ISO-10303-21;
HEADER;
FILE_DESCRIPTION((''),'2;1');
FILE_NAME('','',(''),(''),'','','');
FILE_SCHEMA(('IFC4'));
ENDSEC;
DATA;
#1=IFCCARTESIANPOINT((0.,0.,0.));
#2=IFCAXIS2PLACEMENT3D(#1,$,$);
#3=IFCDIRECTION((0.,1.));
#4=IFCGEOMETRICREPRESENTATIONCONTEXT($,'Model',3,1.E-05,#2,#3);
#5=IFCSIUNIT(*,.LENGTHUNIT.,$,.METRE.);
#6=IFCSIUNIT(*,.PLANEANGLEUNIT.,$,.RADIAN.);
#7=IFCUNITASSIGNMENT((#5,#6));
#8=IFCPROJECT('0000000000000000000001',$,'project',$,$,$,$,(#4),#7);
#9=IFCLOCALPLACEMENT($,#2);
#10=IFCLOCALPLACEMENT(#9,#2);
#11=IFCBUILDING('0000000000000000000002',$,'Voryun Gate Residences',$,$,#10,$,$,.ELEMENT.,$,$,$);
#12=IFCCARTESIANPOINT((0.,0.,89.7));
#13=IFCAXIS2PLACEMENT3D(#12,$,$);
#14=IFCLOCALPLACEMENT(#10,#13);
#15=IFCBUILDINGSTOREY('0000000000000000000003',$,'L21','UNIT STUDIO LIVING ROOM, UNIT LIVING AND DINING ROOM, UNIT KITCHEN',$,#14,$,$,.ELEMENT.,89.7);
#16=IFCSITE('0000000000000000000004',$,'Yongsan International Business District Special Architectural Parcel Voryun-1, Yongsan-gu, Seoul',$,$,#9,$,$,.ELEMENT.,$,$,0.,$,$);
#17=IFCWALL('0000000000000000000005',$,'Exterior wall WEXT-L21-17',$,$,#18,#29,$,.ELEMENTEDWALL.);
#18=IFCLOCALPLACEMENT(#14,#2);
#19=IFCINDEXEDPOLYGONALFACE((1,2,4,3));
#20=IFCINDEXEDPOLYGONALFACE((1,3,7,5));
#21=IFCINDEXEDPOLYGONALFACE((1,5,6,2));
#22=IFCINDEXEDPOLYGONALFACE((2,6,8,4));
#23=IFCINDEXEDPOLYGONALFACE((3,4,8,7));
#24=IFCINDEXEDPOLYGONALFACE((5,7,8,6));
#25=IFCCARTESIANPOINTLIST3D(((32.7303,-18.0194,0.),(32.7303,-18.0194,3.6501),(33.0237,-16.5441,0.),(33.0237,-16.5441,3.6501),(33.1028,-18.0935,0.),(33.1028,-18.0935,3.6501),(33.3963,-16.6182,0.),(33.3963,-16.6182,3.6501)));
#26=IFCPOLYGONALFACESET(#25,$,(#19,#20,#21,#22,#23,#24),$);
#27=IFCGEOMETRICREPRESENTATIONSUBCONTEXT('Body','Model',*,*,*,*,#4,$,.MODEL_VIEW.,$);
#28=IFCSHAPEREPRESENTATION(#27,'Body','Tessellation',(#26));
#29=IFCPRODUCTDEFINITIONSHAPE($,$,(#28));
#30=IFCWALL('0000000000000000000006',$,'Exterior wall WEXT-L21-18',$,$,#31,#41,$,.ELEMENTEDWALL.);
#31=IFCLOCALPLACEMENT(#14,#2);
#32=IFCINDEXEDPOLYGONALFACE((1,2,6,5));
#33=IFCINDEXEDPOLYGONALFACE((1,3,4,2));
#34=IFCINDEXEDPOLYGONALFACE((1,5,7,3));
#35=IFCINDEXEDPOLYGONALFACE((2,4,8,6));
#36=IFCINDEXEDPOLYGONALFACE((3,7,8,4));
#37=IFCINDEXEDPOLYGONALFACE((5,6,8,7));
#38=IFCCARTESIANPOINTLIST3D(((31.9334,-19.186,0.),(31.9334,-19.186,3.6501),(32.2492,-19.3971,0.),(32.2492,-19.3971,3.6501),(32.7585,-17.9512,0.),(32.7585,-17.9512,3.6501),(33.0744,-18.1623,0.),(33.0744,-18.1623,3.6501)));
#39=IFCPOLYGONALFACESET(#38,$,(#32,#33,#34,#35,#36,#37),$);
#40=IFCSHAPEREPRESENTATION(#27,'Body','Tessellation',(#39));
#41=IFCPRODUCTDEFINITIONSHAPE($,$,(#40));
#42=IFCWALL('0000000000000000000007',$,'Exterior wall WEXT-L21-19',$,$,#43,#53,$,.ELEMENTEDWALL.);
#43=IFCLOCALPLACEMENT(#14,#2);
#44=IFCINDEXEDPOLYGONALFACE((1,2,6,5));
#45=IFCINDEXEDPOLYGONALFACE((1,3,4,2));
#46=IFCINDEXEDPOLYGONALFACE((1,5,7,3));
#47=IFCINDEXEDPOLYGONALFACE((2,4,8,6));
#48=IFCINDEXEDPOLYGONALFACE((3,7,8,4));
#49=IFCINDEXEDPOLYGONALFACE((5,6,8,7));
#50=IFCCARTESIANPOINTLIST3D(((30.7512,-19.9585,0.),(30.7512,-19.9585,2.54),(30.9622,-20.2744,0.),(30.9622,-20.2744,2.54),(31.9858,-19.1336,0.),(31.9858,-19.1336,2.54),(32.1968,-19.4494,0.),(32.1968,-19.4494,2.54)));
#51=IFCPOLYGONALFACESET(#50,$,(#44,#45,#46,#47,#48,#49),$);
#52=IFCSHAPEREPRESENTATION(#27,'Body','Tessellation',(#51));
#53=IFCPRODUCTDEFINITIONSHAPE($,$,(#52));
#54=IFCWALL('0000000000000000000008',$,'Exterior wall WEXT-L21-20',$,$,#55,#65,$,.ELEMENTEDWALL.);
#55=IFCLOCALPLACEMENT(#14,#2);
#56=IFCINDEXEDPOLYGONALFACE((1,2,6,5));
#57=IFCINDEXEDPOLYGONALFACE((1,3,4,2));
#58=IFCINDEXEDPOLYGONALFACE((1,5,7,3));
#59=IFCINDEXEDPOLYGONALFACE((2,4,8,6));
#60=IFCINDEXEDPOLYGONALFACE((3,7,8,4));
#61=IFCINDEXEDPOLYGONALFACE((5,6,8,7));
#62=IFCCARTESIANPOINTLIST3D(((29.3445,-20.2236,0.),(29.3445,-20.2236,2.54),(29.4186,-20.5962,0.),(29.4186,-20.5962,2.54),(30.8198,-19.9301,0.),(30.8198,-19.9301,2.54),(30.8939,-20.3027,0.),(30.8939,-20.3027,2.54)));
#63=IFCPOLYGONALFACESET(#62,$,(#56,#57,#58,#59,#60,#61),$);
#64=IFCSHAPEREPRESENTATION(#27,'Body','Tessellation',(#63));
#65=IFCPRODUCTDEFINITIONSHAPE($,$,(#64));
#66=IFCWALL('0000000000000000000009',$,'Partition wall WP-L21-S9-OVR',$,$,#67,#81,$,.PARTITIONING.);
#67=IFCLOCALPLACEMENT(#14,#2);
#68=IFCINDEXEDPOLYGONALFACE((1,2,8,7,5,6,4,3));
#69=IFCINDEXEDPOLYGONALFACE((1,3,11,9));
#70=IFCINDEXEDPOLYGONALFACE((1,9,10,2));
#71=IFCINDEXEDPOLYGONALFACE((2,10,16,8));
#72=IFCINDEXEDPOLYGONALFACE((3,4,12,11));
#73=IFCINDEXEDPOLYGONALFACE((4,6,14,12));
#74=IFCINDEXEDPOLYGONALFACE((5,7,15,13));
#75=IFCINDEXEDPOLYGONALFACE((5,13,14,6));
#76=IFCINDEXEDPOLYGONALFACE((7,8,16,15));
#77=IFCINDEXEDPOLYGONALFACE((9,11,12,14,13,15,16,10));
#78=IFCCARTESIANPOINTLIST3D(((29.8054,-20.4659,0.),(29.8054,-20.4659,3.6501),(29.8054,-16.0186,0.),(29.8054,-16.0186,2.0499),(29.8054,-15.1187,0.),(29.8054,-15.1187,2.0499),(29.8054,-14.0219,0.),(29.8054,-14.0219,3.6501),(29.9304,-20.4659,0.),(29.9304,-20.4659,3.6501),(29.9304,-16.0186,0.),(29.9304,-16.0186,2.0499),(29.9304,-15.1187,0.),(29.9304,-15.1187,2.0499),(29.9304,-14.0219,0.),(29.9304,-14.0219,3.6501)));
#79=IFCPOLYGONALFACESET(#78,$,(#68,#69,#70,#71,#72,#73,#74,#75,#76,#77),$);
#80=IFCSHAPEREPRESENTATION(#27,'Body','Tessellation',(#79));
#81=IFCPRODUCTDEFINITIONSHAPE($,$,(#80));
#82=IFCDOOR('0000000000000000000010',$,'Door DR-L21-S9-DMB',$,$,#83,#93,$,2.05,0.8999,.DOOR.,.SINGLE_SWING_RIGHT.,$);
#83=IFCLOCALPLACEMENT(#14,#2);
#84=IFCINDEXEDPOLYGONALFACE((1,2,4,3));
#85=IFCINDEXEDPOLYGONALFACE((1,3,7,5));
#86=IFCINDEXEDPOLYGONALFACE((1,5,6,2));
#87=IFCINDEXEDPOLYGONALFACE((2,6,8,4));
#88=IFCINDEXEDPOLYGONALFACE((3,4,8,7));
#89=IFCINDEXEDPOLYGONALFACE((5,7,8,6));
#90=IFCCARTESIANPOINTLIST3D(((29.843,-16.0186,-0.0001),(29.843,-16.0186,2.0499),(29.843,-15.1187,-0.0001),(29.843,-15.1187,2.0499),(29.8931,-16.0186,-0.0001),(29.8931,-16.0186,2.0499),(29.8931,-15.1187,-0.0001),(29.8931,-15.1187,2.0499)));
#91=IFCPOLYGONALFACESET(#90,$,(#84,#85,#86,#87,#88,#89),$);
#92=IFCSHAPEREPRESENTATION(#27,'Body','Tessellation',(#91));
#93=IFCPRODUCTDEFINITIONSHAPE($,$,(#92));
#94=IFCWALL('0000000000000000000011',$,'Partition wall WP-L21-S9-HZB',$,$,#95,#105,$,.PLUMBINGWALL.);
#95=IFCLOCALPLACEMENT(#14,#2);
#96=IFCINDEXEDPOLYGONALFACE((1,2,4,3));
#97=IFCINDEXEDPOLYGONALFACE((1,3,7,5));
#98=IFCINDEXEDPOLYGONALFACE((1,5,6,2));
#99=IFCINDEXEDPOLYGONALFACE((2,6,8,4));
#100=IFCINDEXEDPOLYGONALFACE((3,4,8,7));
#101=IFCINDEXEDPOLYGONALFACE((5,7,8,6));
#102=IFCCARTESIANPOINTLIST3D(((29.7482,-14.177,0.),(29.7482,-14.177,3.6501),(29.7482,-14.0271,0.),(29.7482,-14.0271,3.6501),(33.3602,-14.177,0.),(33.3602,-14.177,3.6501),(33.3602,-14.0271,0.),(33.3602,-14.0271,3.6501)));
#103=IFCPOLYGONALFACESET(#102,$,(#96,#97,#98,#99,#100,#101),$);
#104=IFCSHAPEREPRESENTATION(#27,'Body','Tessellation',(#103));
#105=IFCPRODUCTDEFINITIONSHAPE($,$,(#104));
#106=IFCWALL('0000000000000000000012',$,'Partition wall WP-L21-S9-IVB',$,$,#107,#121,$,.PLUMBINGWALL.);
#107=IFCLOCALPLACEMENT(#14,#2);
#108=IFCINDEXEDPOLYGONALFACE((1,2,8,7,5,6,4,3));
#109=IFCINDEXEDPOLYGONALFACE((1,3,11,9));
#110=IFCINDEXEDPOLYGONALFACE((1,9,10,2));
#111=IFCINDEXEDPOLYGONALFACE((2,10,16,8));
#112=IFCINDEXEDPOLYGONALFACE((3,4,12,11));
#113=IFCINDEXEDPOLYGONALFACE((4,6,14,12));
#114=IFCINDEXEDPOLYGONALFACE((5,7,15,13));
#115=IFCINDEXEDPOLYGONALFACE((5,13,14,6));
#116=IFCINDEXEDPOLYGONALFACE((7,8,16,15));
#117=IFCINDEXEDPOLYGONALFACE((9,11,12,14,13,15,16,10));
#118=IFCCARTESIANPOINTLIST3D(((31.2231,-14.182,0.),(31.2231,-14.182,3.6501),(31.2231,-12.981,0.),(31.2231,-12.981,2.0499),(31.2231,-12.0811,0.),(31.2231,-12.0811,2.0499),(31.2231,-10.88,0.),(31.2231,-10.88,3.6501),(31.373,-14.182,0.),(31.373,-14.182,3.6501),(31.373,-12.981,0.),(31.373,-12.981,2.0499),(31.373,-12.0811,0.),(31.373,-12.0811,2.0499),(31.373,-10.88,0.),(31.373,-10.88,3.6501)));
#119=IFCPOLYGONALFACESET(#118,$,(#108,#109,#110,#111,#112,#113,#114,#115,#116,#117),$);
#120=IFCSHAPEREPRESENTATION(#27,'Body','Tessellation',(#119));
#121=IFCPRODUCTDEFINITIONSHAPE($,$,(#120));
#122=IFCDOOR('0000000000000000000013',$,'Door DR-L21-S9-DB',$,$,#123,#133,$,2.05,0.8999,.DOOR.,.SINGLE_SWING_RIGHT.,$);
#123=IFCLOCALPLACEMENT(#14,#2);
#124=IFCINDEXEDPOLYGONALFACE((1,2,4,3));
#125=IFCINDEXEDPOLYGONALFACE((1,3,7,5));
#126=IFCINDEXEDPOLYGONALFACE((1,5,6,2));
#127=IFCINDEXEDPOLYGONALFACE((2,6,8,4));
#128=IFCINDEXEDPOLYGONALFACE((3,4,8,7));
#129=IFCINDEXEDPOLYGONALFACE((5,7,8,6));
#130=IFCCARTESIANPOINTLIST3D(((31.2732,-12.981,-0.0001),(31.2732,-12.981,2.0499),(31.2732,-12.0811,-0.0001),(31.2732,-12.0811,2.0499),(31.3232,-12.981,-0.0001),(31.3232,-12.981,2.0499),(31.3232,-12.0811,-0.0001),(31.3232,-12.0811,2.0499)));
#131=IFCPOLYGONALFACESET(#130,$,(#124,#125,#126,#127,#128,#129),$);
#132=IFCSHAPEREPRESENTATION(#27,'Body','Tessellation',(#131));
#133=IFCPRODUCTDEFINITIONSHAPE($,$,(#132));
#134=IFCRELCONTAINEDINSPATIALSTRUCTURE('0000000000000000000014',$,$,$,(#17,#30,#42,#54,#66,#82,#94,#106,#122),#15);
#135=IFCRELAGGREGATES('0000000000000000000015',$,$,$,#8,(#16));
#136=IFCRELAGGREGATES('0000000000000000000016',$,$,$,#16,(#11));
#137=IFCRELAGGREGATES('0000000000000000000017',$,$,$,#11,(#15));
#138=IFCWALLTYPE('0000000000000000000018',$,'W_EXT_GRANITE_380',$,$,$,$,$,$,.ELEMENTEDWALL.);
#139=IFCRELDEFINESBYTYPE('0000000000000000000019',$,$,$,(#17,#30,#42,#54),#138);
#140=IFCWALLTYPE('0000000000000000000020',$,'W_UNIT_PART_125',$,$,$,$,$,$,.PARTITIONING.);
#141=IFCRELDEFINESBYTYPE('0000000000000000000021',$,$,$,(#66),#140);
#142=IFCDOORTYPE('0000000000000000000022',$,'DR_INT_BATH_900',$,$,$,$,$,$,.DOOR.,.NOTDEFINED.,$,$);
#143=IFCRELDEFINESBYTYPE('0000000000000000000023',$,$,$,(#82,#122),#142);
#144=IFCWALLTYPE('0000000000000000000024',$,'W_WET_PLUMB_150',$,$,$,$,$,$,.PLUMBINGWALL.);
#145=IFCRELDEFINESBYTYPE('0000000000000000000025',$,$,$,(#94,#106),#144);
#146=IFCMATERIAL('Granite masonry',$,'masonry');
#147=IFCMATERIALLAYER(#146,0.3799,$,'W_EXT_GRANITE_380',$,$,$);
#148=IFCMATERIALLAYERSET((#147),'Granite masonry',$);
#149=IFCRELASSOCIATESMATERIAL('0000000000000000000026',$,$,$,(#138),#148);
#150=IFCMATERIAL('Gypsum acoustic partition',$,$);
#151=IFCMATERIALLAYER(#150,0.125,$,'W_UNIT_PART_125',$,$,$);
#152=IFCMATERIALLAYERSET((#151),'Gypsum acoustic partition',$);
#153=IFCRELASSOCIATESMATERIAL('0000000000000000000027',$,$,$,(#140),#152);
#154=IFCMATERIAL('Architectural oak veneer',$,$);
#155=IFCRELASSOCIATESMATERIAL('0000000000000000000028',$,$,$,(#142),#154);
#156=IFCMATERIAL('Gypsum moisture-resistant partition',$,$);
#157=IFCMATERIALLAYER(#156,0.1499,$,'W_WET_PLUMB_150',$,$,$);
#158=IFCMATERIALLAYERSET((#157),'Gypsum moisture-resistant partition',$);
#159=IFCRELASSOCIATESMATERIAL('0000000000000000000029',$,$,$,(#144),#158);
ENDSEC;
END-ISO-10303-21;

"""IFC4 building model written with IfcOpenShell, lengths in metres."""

from ifc_helpers import new_model, si_unit, direction, frame, frame_2d, origin, place, context, subcontext, project, spatial, rectangle, extrude, material, layer, layer_set, type_object, element, fill, save


model = new_model("IFC4")

# Units and contexts
model_context = context("Model", 3, precision=1e-05, world=origin(), true_north=direction((0.0, 1.0)))
body_context = subcontext(model_context, "Body", "Model", "MODEL_VIEW")
ifc_project = project(units=[si_unit("LENGTHUNIT", "METRE"), si_unit("PLANEANGLEUNIT", "RADIAN")], contexts=[model_context])

# Site, building, storey
site_placement = place(None, origin())
site = spatial("IfcSite", under=ifc_project, at=site_placement, Name="Yongsan International Business District Special Architectural Parcel Voryun-1, Yongsan-gu, Seoul", CompositionType="ELEMENT", RefElevation=0.0)
building_placement = place(site_placement, origin())
building = spatial("IfcBuilding", under=site, at=building_placement, Name="Voryun Gate Residences", CompositionType="ELEMENT")
storey_placement = place(building_placement, frame((0.0, 0.0, 89.7)))
storey = spatial("IfcBuildingStorey", under=building, at=storey_placement, Name="L21", Description="UNIT STUDIO LIVING ROOM, UNIT LIVING AND DINING ROOM, UNIT KITCHEN", CompositionType="ELEMENT", Elevation=89.7)

# Shared definitions
ifc_material_1 = material(Name="Granite masonry", Category="masonry")
ifc_layer_1 = layer(ifc_material_1, 0.3799, Name="W_EXT_GRANITE_380")
ifc_layer_set_1 = layer_set([ifc_layer_1], Name="Granite masonry")
wall_type_1 = type_object("IfcWallType", Name="W_EXT_GRANITE_380", PredefinedType="ELEMENTEDWALL", material=ifc_layer_set_1)

# Walls
wall_1_placement = place(storey_placement, frame((33.21, -16.5813, 0.0), z_axis=(0.0, 0.0, 1.0), x_axis=(-0.195086, -0.980786, 0.0)))
element("IfcWall", 1, at=wall_1_placement, inside=storey, type_object=wall_type_1, Name="Exterior wall WEXT-L21-17", PredefinedType="ELEMENTEDWALL", context=body_context, shape_type="SweptSolid", body=[
    extrude(rectangle(XDim=1.5042, YDim=0.3799, at=frame_2d((0.752, 0.0))), origin(), (0.0, 0.0, 1.0), 3.6501),
])
wall_2_placement = place(storey_placement, frame((32.9165, -18.0566, 0.0), z_axis=(0.0, 0.0, 1.0), x_axis=(-0.55561, -0.831443, 0.0)))
element("IfcWall", 2, at=wall_2_placement, inside=storey, type_object=wall_type_1, Name="Exterior wall WEXT-L21-18", PredefinedType="ELEMENTEDWALL", context=body_context, shape_type="SweptSolid", body=[
    extrude(rectangle(XDim=1.4851, YDim=0.3799, at=frame_2d((0.7427, 0.0))), origin(), (0.0, 0.0, 1.0), 3.6501),
])
wall_3_placement = place(storey_placement, frame((32.0913, -19.2915, 0.0), z_axis=(0.0, 0.0, 1.0), x_axis=(-0.831468, -0.555573, 0.0)))
element("IfcWall", 3, at=wall_3_placement, inside=storey, type_object=wall_type_1, Name="Exterior wall WEXT-L21-19", PredefinedType="ELEMENTEDWALL", context=body_context, shape_type="SweptSolid", body=[
    extrude(rectangle(XDim=1.4849, YDim=0.3799, at=frame_2d((0.7424, 0.0))), origin(), (0.0, 0.0, 1.0), 2.54),
])
wall_4_placement = place(storey_placement, frame((30.8567, -20.1165, 0.0), z_axis=(0.0, 0.0, 1.0), x_axis=(-0.980786, -0.195086, 0.0)))
element("IfcWall", 4, at=wall_4_placement, inside=storey, type_object=wall_type_1, Name="Exterior wall WEXT-L21-20", PredefinedType="ELEMENTEDWALL", context=body_context, shape_type="SweptSolid", body=[
    extrude(rectangle(XDim=1.5042, YDim=0.3799, at=frame_2d((0.752, 0.0))), origin(), (0.0, 0.0, 1.0), 2.54),
])

# Wall, opening, door
ifc_material_2 = material(Name="Gypsum acoustic partition")
ifc_layer_2 = layer(ifc_material_2, 0.125, Name="W_UNIT_PART_125")
ifc_layer_set_2 = layer_set([ifc_layer_2], Name="Gypsum acoustic partition")
wall_type_2 = type_object("IfcWallType", Name="W_UNIT_PART_125", PredefinedType="PARTITIONING", material=ifc_layer_set_2)
wall_5_placement = place(storey_placement, frame((29.8679, -20.4661, 0.0), z_axis=(0.0, 0.0, 1.0), x_axis=(0.0, 1.0, 0.0)))
wall_5 = element("IfcWall", 5, at=wall_5_placement, inside=storey, type_object=wall_type_2, Name="Partition wall WP-L21-S9-OVR", PredefinedType="PARTITIONING", context=body_context, shape_type="SweptSolid", body=[
    extrude(rectangle(XDim=6.4441, YDim=0.125, at=frame_2d((3.2222, 0.0))), origin(), (0.0, 0.0, 1.0), 3.6501),
])
opening_1_placement = place(wall_5_placement, frame((4.4475, 0.0, 0.0)))
opening_1 = element("IfcOpeningElement", 6, at=opening_1_placement, cuts=wall_5, PredefinedType="OPENING", context=body_context, shape_type="SweptSolid", body=[
    extrude(rectangle(XDim=0.8999, YDim=2.05, at=frame_2d((0.45, 1.0249))), frame((0.0, 0.0725, 0.0), z_axis=(0.0, -1.0, 0.0), x_axis=(1.0, 0.0, 0.0)), (0.0, 0.0, 1.0), 0.145),
])
ifc_material_3 = material(Name="Architectural oak veneer")
door_type = type_object("IfcDoorType", Name="DR_INT_BATH_900", OperationType="NOTDEFINED", PredefinedType="DOOR", material=ifc_material_3)
door_1_placement = place(opening_1_placement, origin())
door_1 = element("IfcDoor", 7, at=door_1_placement, inside=storey, type_object=door_type, Name="Door DR-L21-S9-DMB", OperationType="SINGLE_SWING_RIGHT", OverallHeight=2.05, OverallWidth=0.8999, PredefinedType="DOOR", context=body_context, shape_type="SweptSolid", body=[
    extrude(rectangle(XDim=0.8999, YDim=2.05, at=frame_2d((0.45, 1.0249))), frame((0.0, 0.0249, 0.0), z_axis=(0.0, -1.0, 0.0), x_axis=(1.0, 0.0, 0.0)), (0.0, 0.0, 1.0), 0.05),
])
fill(opening_1, door_1)

# Wall
ifc_material_4 = material(Name="Gypsum moisture-resistant partition")
ifc_layer_3 = layer(ifc_material_4, 0.1499, Name="W_WET_PLUMB_150")
ifc_layer_set_3 = layer_set([ifc_layer_3], Name="Gypsum moisture-resistant partition")
wall_type_3 = type_object("IfcWallType", Name="W_WET_PLUMB_150", PredefinedType="PLUMBINGWALL", material=ifc_layer_set_3)
wall_6_placement = place(storey_placement, frame((29.748, -14.1021, 0.0), z_axis=(0.0, 0.0, 1.0), x_axis=(1.0, 0.0, 0.0)))
element("IfcWall", 8, at=wall_6_placement, inside=storey, type_object=wall_type_3, Name="Partition wall WP-L21-S9-HZB", PredefinedType="PLUMBINGWALL", context=body_context, shape_type="SweptSolid", body=[
    extrude(rectangle(XDim=3.6121, YDim=0.1499, at=frame_2d((1.8062, 0.0))), origin(), (0.0, 0.0, 1.0), 3.6501),
])

# Wall, opening, door
wall_7_placement = place(storey_placement, frame((31.2981, -14.1819, 0.0), z_axis=(0.0, 0.0, 1.0), x_axis=(0.0, 1.0, 0.0)))
wall_7 = element("IfcWall", 9, at=wall_7_placement, inside=storey, type_object=wall_type_3, Name="Partition wall WP-L21-S9-IVB", PredefinedType="PLUMBINGWALL", context=body_context, shape_type="SweptSolid", body=[
    extrude(rectangle(XDim=3.302, YDim=0.1499, at=frame_2d((1.6509, 0.0))), origin(), (0.0, 0.0, 1.0), 3.6501),
])
opening_2_placement = place(wall_7_placement, frame((1.2009, 0.0, 0.0)))
opening_2 = element("IfcOpeningElement", 10, at=opening_2_placement, cuts=wall_7, PredefinedType="OPENING", context=body_context, shape_type="SweptSolid", body=[
    extrude(rectangle(XDim=0.8999, YDim=2.05, at=frame_2d((0.45, 1.0249))), frame((0.0, 0.085, 0.0), z_axis=(0.0, -1.0, 0.0), x_axis=(1.0, 0.0, 0.0)), (0.0, 0.0, 1.0), 0.1699),
])
door_2_placement = place(opening_2_placement, origin())
door_2 = element("IfcDoor", 11, at=door_2_placement, inside=storey, type_object=door_type, Name="Door DR-L21-S9-DB", OperationType="SINGLE_SWING_RIGHT", OverallHeight=2.05, OverallWidth=0.8999, PredefinedType="DOOR", context=body_context, shape_type="SweptSolid", body=[
    extrude(rectangle(XDim=0.8999, YDim=2.05, at=frame_2d((0.45, 1.0249))), frame((0.0, 0.0249, 0.0), z_axis=(0.0, -1.0, 0.0), x_axis=(1.0, 0.0, 0.0)), (0.0, 0.0, 1.0), 0.05),
])
fill(opening_2, door_2)

save(model, "model.ifc")
